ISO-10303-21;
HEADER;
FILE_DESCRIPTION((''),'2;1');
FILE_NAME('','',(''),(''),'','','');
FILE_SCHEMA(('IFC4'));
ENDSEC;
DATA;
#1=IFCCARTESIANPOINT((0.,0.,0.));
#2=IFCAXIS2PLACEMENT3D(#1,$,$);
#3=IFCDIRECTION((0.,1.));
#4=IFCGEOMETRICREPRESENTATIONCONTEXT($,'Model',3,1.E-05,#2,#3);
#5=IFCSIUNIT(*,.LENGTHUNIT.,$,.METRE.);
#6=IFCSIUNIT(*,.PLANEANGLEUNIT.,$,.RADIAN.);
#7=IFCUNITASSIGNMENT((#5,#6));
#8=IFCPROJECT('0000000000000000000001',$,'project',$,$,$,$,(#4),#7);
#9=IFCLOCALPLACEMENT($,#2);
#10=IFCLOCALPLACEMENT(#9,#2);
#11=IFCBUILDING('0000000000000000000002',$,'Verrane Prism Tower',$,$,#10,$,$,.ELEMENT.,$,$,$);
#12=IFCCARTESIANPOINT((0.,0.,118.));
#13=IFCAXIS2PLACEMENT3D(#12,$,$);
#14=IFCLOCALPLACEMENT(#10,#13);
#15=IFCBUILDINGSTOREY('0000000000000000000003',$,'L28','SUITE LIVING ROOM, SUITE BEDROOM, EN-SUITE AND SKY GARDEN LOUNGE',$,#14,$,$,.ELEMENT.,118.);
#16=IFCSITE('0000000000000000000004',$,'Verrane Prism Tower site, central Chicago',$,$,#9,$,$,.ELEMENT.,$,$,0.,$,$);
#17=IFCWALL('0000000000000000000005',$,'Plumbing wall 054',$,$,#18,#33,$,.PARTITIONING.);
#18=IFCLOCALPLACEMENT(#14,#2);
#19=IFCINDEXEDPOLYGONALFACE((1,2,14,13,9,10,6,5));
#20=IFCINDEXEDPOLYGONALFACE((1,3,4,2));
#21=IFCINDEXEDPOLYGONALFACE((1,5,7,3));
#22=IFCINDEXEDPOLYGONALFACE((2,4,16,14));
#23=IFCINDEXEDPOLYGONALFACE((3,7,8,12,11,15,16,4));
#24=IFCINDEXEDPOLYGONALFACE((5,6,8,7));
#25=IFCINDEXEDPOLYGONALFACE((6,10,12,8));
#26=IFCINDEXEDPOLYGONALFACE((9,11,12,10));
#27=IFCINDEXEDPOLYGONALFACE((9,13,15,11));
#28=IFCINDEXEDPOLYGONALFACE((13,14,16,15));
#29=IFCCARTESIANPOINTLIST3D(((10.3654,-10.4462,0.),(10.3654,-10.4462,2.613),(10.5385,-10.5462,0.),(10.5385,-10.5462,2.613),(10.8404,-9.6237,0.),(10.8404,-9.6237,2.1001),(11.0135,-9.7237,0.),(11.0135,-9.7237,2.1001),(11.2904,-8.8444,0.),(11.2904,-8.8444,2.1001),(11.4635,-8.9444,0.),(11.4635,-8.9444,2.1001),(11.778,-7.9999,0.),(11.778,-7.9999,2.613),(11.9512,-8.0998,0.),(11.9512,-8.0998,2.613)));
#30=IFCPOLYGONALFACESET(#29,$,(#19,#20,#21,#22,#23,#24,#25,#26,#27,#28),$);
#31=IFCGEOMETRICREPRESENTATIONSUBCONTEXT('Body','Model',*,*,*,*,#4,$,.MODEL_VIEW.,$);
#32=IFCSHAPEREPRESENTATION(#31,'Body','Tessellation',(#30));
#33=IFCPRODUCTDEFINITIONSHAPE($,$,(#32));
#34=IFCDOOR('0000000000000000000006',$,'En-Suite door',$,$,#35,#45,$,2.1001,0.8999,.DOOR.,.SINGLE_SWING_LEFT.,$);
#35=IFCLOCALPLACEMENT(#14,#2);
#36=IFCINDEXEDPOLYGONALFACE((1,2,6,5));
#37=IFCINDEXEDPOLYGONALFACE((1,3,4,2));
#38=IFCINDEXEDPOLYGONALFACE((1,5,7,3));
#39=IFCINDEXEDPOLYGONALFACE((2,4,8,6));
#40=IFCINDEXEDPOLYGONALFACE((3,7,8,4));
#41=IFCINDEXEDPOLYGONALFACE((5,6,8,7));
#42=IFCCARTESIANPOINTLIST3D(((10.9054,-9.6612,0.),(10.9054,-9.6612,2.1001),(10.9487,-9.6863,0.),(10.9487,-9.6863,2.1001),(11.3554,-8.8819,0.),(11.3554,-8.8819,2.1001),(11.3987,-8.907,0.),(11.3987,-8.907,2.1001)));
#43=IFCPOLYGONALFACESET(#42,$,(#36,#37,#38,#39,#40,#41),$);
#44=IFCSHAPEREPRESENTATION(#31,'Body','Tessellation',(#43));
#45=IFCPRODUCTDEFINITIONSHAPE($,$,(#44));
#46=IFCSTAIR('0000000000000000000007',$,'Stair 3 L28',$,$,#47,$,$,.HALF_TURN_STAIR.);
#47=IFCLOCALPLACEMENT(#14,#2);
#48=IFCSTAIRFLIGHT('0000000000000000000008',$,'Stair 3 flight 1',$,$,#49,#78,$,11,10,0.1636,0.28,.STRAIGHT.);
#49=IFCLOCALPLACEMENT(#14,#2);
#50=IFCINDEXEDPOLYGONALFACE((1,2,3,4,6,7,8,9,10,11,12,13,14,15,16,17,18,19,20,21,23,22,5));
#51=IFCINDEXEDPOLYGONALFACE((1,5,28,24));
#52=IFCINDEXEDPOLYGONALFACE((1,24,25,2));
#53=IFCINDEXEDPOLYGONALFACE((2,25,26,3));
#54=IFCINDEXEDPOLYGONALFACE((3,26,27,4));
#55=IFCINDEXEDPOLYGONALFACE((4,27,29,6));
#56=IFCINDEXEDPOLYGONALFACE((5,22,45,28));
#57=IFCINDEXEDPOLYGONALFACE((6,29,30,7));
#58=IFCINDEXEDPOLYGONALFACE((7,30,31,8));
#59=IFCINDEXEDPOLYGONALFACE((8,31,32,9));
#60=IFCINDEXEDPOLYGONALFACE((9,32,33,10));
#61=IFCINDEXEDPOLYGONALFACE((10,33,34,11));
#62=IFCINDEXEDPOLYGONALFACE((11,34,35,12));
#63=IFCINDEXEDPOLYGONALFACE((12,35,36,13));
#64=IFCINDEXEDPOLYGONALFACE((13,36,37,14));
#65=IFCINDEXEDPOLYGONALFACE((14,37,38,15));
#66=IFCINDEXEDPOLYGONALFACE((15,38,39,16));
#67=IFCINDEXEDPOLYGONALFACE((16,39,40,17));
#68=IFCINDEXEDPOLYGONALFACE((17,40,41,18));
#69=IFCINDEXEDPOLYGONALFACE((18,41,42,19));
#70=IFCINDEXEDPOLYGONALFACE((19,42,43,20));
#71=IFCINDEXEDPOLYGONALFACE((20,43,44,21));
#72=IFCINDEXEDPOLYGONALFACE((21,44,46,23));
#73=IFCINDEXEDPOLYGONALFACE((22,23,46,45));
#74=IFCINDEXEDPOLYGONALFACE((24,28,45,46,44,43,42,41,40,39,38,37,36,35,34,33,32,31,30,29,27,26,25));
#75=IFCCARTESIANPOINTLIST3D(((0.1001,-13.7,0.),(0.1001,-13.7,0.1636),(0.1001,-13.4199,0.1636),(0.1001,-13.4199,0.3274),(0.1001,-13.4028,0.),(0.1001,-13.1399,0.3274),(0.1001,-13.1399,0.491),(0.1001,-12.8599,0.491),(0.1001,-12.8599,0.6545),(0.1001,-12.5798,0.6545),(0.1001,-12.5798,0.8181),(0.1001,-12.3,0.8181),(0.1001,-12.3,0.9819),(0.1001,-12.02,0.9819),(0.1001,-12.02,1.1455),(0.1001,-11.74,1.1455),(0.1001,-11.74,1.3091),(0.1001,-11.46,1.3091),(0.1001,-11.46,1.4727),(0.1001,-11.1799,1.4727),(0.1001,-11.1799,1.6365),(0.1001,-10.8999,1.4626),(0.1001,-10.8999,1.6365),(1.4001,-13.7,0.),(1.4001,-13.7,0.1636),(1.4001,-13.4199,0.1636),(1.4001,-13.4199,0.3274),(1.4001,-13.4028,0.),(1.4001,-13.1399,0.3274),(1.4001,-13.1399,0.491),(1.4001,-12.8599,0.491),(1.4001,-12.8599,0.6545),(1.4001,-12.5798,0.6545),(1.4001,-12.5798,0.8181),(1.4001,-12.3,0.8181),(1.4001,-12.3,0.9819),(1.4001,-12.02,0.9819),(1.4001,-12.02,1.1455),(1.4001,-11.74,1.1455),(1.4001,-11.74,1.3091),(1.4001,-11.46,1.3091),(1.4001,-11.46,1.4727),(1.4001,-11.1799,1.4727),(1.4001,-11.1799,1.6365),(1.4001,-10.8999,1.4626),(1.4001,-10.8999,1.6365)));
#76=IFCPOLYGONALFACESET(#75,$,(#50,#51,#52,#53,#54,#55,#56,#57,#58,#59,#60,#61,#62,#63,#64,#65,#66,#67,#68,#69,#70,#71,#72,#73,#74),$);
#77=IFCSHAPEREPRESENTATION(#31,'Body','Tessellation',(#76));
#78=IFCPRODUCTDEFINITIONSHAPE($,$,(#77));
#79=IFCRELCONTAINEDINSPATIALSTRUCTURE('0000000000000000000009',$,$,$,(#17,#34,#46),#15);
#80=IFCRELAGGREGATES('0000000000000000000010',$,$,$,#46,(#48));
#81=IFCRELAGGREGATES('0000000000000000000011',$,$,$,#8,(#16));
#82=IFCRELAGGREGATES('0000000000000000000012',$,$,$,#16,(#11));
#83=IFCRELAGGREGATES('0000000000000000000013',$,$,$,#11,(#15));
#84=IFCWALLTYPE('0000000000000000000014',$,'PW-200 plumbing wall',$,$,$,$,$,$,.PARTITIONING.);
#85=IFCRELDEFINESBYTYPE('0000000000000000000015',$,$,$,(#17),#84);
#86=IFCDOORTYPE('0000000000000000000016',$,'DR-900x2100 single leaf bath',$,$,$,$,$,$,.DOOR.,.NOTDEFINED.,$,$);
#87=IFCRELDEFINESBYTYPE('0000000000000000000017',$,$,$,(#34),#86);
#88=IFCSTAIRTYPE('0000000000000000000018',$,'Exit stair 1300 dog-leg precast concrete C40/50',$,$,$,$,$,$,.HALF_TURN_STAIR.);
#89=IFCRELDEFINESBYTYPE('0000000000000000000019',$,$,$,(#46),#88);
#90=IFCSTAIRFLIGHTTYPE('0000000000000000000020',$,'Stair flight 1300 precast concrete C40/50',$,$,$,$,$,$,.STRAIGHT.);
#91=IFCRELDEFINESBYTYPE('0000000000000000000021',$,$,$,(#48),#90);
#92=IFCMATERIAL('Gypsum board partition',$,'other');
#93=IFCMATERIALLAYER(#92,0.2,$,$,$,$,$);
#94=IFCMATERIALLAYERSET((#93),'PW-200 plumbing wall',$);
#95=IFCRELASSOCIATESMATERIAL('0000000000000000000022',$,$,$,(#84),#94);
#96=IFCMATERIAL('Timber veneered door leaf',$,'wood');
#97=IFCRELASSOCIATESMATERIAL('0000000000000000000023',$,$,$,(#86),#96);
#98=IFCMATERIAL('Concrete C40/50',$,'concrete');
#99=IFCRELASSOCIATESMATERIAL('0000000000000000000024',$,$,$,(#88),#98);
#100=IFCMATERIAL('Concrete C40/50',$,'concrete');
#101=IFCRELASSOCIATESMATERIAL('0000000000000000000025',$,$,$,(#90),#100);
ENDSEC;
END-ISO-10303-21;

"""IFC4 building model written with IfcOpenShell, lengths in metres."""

from ifc_helpers import new_model, si_unit, direction, frame, frame_2d, origin, place, context, subcontext, project, spatial, polyline, rectangle, outline, extrude, material, layer, layer_set, type_object, element, fill, aggregate, save


model = new_model("IFC4")

# Units and contexts
model_context = context("Model", 3, precision=1e-05, world=origin(), true_north=direction((0.0, 1.0)))
body_context = subcontext(model_context, "Body", "Model", "MODEL_VIEW")
ifc_project = project(units=[si_unit("LENGTHUNIT", "METRE"), si_unit("PLANEANGLEUNIT", "RADIAN")], contexts=[model_context])

# Site, building, storey
site_placement = place(None, origin())
site = spatial("IfcSite", under=ifc_project, at=site_placement, Name="Verrane Prism Tower site, central Chicago", CompositionType="ELEMENT", RefElevation=0.0)
building_placement = place(site_placement, origin())
building = spatial("IfcBuilding", under=site, at=building_placement, Name="Verrane Prism Tower", CompositionType="ELEMENT")
storey_placement = place(building_placement, frame((0.0, 0.0, 118.0)))
storey = spatial("IfcBuildingStorey", under=building, at=storey_placement, Name="L28", Description="SUITE LIVING ROOM, SUITE BEDROOM, EN-SUITE AND SKY GARDEN LOUNGE", CompositionType="ELEMENT", Elevation=118.0)

# Shared definitions
ifc_material_1 = material(Name="Gypsum board partition", Category="other")
ifc_layer_1 = layer(ifc_material_1, 0.2)
ifc_layer_set_1 = layer_set([ifc_layer_1], Name="PW-200 plumbing wall")
wall_type_1 = type_object("IfcWallType", Name="PW-200 plumbing wall", PredefinedType="PARTITIONING", material=ifc_layer_set_1)

# Wall, opening, door
wall_1_placement = place(storey_placement, frame((10.4519, -10.4963, 0.0), z_axis=(0.0, 0.0, 1.0), x_axis=(0.500062, 0.86599, 0.0)))
wall_1 = element("IfcWall", 1, at=wall_1_placement, inside=storey, type_object=wall_type_1, Name="Plumbing wall 054", PredefinedType="PARTITIONING", context=body_context, shape_type="SweptSolid", body=[
    extrude(rectangle(XDim=2.825, YDim=0.2, at=frame_2d((1.4126, 0.0))), origin(), (0.0, 0.0, 1.0), 2.613),
])
opening_1_placement = place(wall_1_placement, frame((0.95, 0.0, 0.0)))
opening_1 = element("IfcOpeningElement", 2, at=opening_1_placement, cuts=wall_1, PredefinedType="OPENING", context=body_context, shape_type="SweptSolid", body=[
    extrude(rectangle(XDim=0.8999, YDim=2.1001, at=frame_2d((0.45, 1.05))), frame((0.0, 0.1099, 0.0), z_axis=(0.0, -1.0, 0.0), x_axis=(1.0, 0.0, 0.0)), (0.0, 0.0, 1.0), 0.22),
])
ifc_material_2 = material(Name="Timber veneered door leaf", Category="wood")
door_type_1 = type_object("IfcDoorType", Name="DR-900x2100 single leaf bath", OperationType="NOTDEFINED", PredefinedType="DOOR", material=ifc_material_2)
door_1_placement = place(opening_1_placement, origin())
door_1 = element("IfcDoor", 3, at=door_1_placement, inside=storey, type_object=door_type_1, Name="En-Suite door", OperationType="SINGLE_SWING_LEFT", OverallHeight=2.1001, OverallWidth=0.8999, PredefinedType="DOOR", context=body_context, shape_type="SweptSolid", body=[
    extrude(rectangle(XDim=0.8999, YDim=2.1001, at=frame_2d((0.45, 1.05))), frame((0.0, 0.0249, 0.0), z_axis=(0.0, -1.0, 0.0), x_axis=(1.0, 0.0, 0.0)), (0.0, 0.0, 1.0), 0.05),
])
fill(opening_1, door_1)

# Stair, stair flight
ifc_material_3 = material(Name="Concrete C40/50", Category="concrete")
stair_type = type_object("IfcStairType", Name="Exit stair 1300 dog-leg precast concrete C40/50", PredefinedType="HALF_TURN_STAIR", material=ifc_material_3)
stair_placement = place(storey_placement, origin())
stair = element("IfcStair", 4, at=stair_placement, inside=storey, type_object=stair_type, Name="Stair 3 L28", PredefinedType="HALF_TURN_STAIR")
ifc_material_4 = material(Name="Concrete C40/50", Category="concrete")
stair_flight_type = type_object("IfcStairFlightType", Name="Stair flight 1300 precast concrete C40/50", PredefinedType="STRAIGHT", material=ifc_material_4)
stair_flight_placement = place(storey_placement, frame((0.75, -13.7, 0.0), z_axis=(0.0, 0.0, 1.0), x_axis=(0.0, 1.0, 0.0)))
stair_flight = element("IfcStairFlight", 5, at=stair_flight_placement, type_object=stair_flight_type, Name="Stair 3 flight 1", NumberOfRisers=11, NumberOfTreads=10, PredefinedType="STRAIGHT", RiserHeight=0.1636, TreadLength=0.28, context=body_context, shape_type="SweptSolid", body=[
    extrude(outline(polyline([(0.0, 0.0), (0.0, 0.1636), (0.28, 0.1636), (0.28, 0.3274), (0.5601, 0.3274), (0.5601, 0.491), (0.8401, 0.491), (0.8401, 0.6545), (1.1201, 0.6545), (1.1201, 0.8181), (1.3999, 0.8181), (1.3999, 0.9819), (1.6799, 0.9819), (1.6799, 1.1455), (1.96, 1.1455), (1.96, 1.3091), (2.24, 1.3091), (2.24, 1.4727), (2.52, 1.4727), (2.52, 1.6365), (2.8, 1.6365), (2.8, 1.8), (2.8, 1.4626), (0.2971, 0.0), (0.0, 0.0)])), frame((0.0, 0.6499, 0.0), z_axis=(0.0, -1.0, 0.0), x_axis=(1.0, 0.0, 0.0)), (0.0, 0.0, 1.0), 1.3),
])
aggregate(stair, [stair_flight])

save(model, "model.ifc")
